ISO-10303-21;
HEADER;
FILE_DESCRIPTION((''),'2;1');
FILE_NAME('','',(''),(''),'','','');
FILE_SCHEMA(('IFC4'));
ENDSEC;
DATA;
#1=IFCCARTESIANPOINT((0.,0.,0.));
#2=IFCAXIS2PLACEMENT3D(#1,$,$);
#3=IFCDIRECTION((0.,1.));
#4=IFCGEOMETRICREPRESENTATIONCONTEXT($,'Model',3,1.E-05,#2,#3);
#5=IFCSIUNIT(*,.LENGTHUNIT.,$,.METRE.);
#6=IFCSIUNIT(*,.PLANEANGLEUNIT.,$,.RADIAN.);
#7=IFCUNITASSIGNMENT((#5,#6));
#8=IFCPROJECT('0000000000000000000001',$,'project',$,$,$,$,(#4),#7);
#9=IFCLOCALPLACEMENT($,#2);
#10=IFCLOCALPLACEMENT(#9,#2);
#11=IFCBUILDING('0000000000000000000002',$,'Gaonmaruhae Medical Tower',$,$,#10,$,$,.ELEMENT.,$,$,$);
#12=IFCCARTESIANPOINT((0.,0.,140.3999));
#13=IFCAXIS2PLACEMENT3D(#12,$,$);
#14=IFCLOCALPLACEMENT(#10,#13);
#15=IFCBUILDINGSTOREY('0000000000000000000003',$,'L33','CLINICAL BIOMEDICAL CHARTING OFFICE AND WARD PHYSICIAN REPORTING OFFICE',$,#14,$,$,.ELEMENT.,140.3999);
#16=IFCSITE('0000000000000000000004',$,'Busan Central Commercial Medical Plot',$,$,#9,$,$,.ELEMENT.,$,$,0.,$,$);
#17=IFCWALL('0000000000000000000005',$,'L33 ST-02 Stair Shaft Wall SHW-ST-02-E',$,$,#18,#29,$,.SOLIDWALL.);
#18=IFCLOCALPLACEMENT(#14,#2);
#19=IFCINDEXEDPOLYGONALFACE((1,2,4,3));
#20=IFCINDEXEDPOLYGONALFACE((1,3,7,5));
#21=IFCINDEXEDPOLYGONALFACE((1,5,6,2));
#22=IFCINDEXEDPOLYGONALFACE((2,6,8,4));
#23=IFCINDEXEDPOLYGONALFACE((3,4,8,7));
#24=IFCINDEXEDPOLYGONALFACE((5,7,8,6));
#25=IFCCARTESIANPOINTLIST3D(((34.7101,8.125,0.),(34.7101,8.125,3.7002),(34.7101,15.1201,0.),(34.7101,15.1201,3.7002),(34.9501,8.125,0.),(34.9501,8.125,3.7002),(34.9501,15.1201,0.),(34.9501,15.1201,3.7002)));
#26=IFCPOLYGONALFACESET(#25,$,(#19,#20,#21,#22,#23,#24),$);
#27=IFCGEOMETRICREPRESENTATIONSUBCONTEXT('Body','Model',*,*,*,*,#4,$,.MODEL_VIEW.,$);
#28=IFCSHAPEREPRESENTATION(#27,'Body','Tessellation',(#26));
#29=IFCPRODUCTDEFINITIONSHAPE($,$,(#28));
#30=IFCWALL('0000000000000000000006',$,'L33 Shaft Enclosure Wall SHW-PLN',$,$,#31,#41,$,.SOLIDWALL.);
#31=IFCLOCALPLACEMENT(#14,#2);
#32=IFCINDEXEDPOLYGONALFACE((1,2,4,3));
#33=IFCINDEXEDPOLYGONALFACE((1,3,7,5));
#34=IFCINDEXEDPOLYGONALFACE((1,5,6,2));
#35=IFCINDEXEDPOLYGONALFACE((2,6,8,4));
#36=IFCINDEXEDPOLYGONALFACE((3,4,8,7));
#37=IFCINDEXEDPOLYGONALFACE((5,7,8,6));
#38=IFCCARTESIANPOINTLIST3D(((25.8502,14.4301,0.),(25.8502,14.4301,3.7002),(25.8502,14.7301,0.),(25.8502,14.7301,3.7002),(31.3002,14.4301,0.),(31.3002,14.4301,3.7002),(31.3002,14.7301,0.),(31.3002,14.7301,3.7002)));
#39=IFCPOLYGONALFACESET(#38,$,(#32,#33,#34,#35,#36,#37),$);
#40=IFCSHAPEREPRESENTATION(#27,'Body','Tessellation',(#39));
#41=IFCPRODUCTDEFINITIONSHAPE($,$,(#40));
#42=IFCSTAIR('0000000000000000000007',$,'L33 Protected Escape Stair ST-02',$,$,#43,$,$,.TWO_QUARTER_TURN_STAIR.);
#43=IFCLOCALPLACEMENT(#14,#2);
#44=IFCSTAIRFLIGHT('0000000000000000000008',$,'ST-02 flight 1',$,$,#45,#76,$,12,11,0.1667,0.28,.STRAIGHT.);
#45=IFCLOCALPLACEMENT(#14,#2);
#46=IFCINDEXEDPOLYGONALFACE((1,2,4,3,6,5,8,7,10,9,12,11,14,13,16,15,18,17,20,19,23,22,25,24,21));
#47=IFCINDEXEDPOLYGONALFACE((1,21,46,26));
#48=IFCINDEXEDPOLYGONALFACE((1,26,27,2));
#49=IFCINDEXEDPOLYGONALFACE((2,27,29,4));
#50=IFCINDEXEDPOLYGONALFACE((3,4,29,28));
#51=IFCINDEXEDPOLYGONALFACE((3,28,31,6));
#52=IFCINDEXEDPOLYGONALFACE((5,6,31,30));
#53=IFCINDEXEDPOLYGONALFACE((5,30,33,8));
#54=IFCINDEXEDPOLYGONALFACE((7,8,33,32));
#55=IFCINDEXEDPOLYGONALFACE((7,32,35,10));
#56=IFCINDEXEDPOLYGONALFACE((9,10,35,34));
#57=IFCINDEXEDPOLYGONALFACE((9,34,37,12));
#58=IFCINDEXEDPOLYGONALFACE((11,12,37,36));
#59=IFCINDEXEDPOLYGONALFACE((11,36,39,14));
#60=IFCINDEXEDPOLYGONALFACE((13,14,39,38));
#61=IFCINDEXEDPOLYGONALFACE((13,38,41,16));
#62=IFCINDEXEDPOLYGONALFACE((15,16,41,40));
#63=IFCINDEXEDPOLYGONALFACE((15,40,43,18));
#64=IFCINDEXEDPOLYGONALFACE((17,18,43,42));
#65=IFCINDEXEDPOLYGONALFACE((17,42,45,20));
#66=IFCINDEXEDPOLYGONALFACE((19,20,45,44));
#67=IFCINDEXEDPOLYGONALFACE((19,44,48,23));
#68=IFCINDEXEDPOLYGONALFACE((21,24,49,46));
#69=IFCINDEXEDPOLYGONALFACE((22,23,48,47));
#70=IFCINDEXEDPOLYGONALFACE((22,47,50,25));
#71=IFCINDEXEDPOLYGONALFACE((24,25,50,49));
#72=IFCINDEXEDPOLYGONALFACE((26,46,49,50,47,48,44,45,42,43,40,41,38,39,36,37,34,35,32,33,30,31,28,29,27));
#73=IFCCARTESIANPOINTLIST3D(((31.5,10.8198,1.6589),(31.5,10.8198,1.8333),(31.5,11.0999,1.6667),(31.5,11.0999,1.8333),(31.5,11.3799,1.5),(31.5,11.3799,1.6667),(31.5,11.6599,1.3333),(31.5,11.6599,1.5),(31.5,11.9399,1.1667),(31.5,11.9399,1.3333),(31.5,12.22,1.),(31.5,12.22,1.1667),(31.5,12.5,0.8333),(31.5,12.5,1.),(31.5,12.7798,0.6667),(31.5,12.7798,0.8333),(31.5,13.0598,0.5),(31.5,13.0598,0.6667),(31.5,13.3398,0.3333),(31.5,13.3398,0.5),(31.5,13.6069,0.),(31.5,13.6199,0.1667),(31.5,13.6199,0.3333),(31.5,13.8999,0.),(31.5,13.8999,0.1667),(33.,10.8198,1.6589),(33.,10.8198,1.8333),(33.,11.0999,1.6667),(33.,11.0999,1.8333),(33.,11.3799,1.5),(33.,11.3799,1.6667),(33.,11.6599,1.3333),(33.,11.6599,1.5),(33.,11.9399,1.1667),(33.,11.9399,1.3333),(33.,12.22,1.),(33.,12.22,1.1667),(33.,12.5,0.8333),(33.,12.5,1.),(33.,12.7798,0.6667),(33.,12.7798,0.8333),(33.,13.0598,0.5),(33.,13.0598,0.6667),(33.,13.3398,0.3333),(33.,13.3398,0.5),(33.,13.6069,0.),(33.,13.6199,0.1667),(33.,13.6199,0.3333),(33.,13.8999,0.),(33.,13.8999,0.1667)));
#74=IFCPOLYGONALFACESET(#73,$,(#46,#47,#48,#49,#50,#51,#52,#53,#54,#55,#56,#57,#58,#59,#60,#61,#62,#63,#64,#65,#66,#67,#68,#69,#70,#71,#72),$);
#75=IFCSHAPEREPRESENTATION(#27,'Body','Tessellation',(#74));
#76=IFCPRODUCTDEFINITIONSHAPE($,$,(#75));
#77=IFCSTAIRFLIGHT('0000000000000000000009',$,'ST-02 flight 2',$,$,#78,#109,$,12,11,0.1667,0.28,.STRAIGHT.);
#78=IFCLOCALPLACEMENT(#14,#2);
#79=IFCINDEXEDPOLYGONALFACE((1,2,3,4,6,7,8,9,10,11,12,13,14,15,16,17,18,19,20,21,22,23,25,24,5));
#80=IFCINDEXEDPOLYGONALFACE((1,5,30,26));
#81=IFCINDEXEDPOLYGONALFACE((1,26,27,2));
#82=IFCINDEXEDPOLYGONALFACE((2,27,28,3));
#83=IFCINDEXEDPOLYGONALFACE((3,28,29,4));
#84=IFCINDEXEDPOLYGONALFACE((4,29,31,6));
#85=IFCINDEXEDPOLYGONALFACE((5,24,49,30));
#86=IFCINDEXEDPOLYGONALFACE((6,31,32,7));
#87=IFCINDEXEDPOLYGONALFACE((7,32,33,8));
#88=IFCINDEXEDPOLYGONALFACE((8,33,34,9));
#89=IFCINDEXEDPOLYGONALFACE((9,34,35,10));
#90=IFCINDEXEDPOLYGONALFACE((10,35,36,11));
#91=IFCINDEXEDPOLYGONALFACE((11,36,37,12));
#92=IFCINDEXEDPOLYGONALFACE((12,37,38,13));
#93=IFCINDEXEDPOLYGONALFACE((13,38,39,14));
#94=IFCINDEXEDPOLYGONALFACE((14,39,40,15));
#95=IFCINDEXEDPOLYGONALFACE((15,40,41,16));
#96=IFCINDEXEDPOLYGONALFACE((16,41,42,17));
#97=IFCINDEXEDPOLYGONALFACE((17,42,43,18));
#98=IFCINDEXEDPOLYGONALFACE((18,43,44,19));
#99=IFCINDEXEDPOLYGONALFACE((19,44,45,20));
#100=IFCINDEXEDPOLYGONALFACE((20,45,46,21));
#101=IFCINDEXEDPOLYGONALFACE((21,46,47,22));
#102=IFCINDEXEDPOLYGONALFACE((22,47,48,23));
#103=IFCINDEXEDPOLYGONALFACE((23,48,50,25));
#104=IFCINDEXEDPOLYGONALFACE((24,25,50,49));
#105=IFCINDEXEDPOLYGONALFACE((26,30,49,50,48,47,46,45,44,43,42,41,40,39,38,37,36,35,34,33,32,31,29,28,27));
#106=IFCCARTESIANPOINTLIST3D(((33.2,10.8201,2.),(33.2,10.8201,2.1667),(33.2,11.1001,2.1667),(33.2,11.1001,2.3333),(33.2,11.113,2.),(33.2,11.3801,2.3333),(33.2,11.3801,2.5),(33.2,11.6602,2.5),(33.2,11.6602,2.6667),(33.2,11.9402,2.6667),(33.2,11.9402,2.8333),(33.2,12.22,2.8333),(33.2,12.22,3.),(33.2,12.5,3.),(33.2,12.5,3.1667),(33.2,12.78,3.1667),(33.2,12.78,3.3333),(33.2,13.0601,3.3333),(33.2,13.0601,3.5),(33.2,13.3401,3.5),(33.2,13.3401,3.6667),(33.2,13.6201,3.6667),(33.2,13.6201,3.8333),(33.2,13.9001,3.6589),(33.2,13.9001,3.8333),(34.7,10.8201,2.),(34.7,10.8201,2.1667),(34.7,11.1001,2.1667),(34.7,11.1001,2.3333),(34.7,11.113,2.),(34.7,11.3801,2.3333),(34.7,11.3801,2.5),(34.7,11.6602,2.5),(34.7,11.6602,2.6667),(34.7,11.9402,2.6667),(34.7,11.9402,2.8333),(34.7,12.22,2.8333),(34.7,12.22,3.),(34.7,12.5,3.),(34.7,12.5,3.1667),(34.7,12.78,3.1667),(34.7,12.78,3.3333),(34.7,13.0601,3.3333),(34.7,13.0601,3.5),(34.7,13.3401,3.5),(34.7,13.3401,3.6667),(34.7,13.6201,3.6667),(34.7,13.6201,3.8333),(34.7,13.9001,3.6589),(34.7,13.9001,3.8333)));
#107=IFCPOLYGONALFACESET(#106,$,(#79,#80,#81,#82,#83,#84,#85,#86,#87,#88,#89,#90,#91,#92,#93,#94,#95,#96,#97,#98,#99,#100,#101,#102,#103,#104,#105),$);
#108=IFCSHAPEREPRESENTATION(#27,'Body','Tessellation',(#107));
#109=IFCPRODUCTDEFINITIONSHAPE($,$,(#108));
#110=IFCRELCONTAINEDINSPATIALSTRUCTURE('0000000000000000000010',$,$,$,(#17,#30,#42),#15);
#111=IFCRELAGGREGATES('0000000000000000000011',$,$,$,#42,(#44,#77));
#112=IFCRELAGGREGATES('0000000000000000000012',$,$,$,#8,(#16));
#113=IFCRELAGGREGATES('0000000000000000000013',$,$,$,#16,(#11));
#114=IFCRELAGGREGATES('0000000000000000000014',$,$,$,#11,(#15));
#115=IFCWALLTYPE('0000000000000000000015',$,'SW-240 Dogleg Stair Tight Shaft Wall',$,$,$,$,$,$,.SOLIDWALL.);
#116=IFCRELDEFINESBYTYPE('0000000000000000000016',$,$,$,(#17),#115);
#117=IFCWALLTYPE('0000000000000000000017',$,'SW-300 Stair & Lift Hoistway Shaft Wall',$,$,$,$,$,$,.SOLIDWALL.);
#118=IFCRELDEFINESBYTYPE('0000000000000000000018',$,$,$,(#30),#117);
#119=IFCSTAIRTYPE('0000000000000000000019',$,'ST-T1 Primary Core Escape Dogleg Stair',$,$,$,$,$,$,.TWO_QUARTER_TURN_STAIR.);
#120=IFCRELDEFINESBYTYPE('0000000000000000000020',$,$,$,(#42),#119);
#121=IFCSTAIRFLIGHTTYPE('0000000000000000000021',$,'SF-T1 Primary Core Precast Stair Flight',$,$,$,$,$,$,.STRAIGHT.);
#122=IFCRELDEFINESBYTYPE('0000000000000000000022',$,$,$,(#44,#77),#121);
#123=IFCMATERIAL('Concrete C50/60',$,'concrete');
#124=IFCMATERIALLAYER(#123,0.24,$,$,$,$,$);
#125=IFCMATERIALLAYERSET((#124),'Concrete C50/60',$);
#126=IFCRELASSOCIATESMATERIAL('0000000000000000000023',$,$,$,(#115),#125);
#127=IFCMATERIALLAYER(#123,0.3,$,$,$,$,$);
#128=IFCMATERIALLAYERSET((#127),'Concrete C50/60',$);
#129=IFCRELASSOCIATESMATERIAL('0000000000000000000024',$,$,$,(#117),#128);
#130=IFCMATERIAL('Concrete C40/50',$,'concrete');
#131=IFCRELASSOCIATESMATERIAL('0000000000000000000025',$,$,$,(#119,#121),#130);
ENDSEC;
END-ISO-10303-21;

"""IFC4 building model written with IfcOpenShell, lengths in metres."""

from ifc_helpers import new_model, si_unit, direction, frame, frame_2d, origin, place, context, subcontext, project, spatial, polyline, rectangle, outline, extrude, material, layer, layer_set, type_object, element, aggregate, save


model = new_model("IFC4")

# Units and contexts
model_context = context("Model", 3, precision=1e-05, world=origin(), true_north=direction((0.0, 1.0)))
body_context = subcontext(model_context, "Body", "Model", "MODEL_VIEW")
ifc_project = project(units=[si_unit("LENGTHUNIT", "METRE"), si_unit("PLANEANGLEUNIT", "RADIAN")], contexts=[model_context])

# Site, building, storey
site_placement = place(None, origin())
site = spatial("IfcSite", under=ifc_project, at=site_placement, Name="Busan Central Commercial Medical Plot", CompositionType="ELEMENT", RefElevation=0.0)
building_placement = place(site_placement, origin())
building = spatial("IfcBuilding", under=site, at=building_placement, Name="Gaonmaruhae Medical Tower", CompositionType="ELEMENT")
storey_placement = place(building_placement, frame((0.0, 0.0, 140.3999)))
storey = spatial("IfcBuildingStorey", under=building, at=storey_placement, Name="L33", Description="CLINICAL BIOMEDICAL CHARTING OFFICE AND WARD PHYSICIAN REPORTING OFFICE", CompositionType="ELEMENT", Elevation=140.3999)

# Shared definitions
ifc_material_1 = material(Name="Concrete C50/60", Category="concrete")
ifc_layer_1 = layer(ifc_material_1, 0.24)
ifc_layer_set_1 = layer_set([ifc_layer_1], Name="Concrete C50/60")
wall_type_1 = type_object("IfcWallType", Name="SW-240 Dogleg Stair Tight Shaft Wall", PredefinedType="SOLIDWALL", material=ifc_layer_set_1)

# Walls
wall_1_placement = place(storey_placement, frame((34.8301, 15.1201, 0.0), z_axis=(0.0, 0.0, 1.0), x_axis=(0.0, -1.0, 0.0)))
element("IfcWall", 1, at=wall_1_placement, inside=storey, type_object=wall_type_1, Name="L33 ST-02 Stair Shaft Wall SHW-ST-02-E", PredefinedType="SOLIDWALL", context=body_context, shape_type="SweptSolid", body=[
    extrude(rectangle(XDim=6.9951, YDim=0.24, at=frame_2d((3.4976, 0.0))), origin(), (0.0, 0.0, 1.0), 3.7002),
])
ifc_layer_2 = layer(ifc_material_1, 0.3)
ifc_layer_set_2 = layer_set([ifc_layer_2], Name="Concrete C50/60")
wall_type_2 = type_object("IfcWallType", Name="SW-300 Stair & Lift Hoistway Shaft Wall", PredefinedType="SOLIDWALL", material=ifc_layer_set_2)
wall_2_placement = place(storey_placement, frame((25.8501, 14.5801, 0.0), z_axis=(0.0, 0.0, 1.0), x_axis=(1.0, 0.0, 0.0)))
element("IfcWall", 2, at=wall_2_placement, inside=storey, type_object=wall_type_2, Name="L33 Shaft Enclosure Wall SHW-PLN", PredefinedType="SOLIDWALL", context=body_context, shape_type="SweptSolid", body=[
    extrude(rectangle(XDim=5.45, YDim=0.3, at=frame_2d((2.7251, 0.0))), origin(), (0.0, 0.0, 1.0), 3.7002),
])

# Stair, stair flights
ifc_material_2 = material(Name="Concrete C40/50", Category="concrete")
stair_type = type_object("IfcStairType", Name="ST-T1 Primary Core Escape Dogleg Stair", PredefinedType="TWO_QUARTER_TURN_STAIR", material=ifc_material_2)
stair_placement = place(storey_placement, origin())
stair = element("IfcStair", 3, at=stair_placement, inside=storey, type_object=stair_type, Name="L33 Protected Escape Stair ST-02", PredefinedType="TWO_QUARTER_TURN_STAIR")
stair_flight_type = type_object("IfcStairFlightType", Name="SF-T1 Primary Core Precast Stair Flight", PredefinedType="STRAIGHT", material=ifc_material_2)
stair_flight_1_placement = place(storey_placement, frame((32.25, 13.8999, 0.0), z_axis=(0.0, 0.0, 1.0), x_axis=(0.0, -1.0, 0.0)))
stair_flight_1 = element("IfcStairFlight", 4, at=stair_flight_1_placement, type_object=stair_flight_type, Name="ST-02 flight 1", NumberOfRisers=12, NumberOfTreads=11, PredefinedType="STRAIGHT", RiserHeight=0.1667, TreadLength=0.28, context=body_context, shape_type="SweptSolid", body=[
    extrude(outline(polyline([(0.0, 0.0), (0.0, 0.1667), (0.28, 0.1667), (0.28, 0.3333), (0.5601, 0.3333), (0.5601, 0.5), (0.8401, 0.5), (0.8401, 0.6667), (1.1201, 0.6667), (1.1201, 0.8333), (1.3999, 0.8333), (1.3999, 1.0), (1.6799, 1.0), (1.6799, 1.1667), (1.96, 1.1667), (1.96, 1.3333), (2.24, 1.3333), (2.24, 1.5), (2.52, 1.5), (2.52, 1.6667), (2.8, 1.6667), (2.8, 1.8333), (3.0801, 1.8333), (3.0801, 2.0), (3.0801, 1.6589), (0.293, 0.0), (0.0, 0.0)])), frame((0.0, 0.75, 0.0), z_axis=(0.0, -1.0, 0.0), x_axis=(1.0, 0.0, 0.0)), (0.0, 0.0, 1.0), 1.5),
])
stair_flight_2_placement = place(storey_placement, frame((33.95, 10.8201, 2.0), z_axis=(0.0, 0.0, 1.0), x_axis=(0.0, 1.0, 0.0)))
stair_flight_2 = element("IfcStairFlight", 5, at=stair_flight_2_placement, type_object=stair_flight_type, Name="ST-02 flight 2", NumberOfRisers=12, NumberOfTreads=11, PredefinedType="STRAIGHT", RiserHeight=0.1667, TreadLength=0.28, context=body_context, shape_type="SweptSolid", body=[
    extrude(outline(polyline([(0.0, 0.0), (0.0, 0.1667), (0.28, 0.1667), (0.28, 0.3333), (0.5601, 0.3333), (0.5601, 0.5), (0.8401, 0.5), (0.8401, 0.6667), (1.1201, 0.6667), (1.1201, 0.8333), (1.3999, 0.8333), (1.3999, 1.0), (1.6799, 1.0), (1.6799, 1.1667), (1.96, 1.1667), (1.96, 1.3333), (2.24, 1.3333), (2.24, 1.5), (2.52, 1.5), (2.52, 1.6667), (2.8, 1.6667), (2.8, 1.8333), (3.0801, 1.8333), (3.0801, 2.0), (3.0801, 1.6589), (0.293, 0.0), (0.0, 0.0)])), frame((0.0, 0.75, 0.0), z_axis=(0.0, -1.0, 0.0), x_axis=(1.0, 0.0, 0.0)), (0.0, 0.0, 1.0), 1.5),
])
aggregate(stair, [stair_flight_1, stair_flight_2])

save(model, "model.ifc")
